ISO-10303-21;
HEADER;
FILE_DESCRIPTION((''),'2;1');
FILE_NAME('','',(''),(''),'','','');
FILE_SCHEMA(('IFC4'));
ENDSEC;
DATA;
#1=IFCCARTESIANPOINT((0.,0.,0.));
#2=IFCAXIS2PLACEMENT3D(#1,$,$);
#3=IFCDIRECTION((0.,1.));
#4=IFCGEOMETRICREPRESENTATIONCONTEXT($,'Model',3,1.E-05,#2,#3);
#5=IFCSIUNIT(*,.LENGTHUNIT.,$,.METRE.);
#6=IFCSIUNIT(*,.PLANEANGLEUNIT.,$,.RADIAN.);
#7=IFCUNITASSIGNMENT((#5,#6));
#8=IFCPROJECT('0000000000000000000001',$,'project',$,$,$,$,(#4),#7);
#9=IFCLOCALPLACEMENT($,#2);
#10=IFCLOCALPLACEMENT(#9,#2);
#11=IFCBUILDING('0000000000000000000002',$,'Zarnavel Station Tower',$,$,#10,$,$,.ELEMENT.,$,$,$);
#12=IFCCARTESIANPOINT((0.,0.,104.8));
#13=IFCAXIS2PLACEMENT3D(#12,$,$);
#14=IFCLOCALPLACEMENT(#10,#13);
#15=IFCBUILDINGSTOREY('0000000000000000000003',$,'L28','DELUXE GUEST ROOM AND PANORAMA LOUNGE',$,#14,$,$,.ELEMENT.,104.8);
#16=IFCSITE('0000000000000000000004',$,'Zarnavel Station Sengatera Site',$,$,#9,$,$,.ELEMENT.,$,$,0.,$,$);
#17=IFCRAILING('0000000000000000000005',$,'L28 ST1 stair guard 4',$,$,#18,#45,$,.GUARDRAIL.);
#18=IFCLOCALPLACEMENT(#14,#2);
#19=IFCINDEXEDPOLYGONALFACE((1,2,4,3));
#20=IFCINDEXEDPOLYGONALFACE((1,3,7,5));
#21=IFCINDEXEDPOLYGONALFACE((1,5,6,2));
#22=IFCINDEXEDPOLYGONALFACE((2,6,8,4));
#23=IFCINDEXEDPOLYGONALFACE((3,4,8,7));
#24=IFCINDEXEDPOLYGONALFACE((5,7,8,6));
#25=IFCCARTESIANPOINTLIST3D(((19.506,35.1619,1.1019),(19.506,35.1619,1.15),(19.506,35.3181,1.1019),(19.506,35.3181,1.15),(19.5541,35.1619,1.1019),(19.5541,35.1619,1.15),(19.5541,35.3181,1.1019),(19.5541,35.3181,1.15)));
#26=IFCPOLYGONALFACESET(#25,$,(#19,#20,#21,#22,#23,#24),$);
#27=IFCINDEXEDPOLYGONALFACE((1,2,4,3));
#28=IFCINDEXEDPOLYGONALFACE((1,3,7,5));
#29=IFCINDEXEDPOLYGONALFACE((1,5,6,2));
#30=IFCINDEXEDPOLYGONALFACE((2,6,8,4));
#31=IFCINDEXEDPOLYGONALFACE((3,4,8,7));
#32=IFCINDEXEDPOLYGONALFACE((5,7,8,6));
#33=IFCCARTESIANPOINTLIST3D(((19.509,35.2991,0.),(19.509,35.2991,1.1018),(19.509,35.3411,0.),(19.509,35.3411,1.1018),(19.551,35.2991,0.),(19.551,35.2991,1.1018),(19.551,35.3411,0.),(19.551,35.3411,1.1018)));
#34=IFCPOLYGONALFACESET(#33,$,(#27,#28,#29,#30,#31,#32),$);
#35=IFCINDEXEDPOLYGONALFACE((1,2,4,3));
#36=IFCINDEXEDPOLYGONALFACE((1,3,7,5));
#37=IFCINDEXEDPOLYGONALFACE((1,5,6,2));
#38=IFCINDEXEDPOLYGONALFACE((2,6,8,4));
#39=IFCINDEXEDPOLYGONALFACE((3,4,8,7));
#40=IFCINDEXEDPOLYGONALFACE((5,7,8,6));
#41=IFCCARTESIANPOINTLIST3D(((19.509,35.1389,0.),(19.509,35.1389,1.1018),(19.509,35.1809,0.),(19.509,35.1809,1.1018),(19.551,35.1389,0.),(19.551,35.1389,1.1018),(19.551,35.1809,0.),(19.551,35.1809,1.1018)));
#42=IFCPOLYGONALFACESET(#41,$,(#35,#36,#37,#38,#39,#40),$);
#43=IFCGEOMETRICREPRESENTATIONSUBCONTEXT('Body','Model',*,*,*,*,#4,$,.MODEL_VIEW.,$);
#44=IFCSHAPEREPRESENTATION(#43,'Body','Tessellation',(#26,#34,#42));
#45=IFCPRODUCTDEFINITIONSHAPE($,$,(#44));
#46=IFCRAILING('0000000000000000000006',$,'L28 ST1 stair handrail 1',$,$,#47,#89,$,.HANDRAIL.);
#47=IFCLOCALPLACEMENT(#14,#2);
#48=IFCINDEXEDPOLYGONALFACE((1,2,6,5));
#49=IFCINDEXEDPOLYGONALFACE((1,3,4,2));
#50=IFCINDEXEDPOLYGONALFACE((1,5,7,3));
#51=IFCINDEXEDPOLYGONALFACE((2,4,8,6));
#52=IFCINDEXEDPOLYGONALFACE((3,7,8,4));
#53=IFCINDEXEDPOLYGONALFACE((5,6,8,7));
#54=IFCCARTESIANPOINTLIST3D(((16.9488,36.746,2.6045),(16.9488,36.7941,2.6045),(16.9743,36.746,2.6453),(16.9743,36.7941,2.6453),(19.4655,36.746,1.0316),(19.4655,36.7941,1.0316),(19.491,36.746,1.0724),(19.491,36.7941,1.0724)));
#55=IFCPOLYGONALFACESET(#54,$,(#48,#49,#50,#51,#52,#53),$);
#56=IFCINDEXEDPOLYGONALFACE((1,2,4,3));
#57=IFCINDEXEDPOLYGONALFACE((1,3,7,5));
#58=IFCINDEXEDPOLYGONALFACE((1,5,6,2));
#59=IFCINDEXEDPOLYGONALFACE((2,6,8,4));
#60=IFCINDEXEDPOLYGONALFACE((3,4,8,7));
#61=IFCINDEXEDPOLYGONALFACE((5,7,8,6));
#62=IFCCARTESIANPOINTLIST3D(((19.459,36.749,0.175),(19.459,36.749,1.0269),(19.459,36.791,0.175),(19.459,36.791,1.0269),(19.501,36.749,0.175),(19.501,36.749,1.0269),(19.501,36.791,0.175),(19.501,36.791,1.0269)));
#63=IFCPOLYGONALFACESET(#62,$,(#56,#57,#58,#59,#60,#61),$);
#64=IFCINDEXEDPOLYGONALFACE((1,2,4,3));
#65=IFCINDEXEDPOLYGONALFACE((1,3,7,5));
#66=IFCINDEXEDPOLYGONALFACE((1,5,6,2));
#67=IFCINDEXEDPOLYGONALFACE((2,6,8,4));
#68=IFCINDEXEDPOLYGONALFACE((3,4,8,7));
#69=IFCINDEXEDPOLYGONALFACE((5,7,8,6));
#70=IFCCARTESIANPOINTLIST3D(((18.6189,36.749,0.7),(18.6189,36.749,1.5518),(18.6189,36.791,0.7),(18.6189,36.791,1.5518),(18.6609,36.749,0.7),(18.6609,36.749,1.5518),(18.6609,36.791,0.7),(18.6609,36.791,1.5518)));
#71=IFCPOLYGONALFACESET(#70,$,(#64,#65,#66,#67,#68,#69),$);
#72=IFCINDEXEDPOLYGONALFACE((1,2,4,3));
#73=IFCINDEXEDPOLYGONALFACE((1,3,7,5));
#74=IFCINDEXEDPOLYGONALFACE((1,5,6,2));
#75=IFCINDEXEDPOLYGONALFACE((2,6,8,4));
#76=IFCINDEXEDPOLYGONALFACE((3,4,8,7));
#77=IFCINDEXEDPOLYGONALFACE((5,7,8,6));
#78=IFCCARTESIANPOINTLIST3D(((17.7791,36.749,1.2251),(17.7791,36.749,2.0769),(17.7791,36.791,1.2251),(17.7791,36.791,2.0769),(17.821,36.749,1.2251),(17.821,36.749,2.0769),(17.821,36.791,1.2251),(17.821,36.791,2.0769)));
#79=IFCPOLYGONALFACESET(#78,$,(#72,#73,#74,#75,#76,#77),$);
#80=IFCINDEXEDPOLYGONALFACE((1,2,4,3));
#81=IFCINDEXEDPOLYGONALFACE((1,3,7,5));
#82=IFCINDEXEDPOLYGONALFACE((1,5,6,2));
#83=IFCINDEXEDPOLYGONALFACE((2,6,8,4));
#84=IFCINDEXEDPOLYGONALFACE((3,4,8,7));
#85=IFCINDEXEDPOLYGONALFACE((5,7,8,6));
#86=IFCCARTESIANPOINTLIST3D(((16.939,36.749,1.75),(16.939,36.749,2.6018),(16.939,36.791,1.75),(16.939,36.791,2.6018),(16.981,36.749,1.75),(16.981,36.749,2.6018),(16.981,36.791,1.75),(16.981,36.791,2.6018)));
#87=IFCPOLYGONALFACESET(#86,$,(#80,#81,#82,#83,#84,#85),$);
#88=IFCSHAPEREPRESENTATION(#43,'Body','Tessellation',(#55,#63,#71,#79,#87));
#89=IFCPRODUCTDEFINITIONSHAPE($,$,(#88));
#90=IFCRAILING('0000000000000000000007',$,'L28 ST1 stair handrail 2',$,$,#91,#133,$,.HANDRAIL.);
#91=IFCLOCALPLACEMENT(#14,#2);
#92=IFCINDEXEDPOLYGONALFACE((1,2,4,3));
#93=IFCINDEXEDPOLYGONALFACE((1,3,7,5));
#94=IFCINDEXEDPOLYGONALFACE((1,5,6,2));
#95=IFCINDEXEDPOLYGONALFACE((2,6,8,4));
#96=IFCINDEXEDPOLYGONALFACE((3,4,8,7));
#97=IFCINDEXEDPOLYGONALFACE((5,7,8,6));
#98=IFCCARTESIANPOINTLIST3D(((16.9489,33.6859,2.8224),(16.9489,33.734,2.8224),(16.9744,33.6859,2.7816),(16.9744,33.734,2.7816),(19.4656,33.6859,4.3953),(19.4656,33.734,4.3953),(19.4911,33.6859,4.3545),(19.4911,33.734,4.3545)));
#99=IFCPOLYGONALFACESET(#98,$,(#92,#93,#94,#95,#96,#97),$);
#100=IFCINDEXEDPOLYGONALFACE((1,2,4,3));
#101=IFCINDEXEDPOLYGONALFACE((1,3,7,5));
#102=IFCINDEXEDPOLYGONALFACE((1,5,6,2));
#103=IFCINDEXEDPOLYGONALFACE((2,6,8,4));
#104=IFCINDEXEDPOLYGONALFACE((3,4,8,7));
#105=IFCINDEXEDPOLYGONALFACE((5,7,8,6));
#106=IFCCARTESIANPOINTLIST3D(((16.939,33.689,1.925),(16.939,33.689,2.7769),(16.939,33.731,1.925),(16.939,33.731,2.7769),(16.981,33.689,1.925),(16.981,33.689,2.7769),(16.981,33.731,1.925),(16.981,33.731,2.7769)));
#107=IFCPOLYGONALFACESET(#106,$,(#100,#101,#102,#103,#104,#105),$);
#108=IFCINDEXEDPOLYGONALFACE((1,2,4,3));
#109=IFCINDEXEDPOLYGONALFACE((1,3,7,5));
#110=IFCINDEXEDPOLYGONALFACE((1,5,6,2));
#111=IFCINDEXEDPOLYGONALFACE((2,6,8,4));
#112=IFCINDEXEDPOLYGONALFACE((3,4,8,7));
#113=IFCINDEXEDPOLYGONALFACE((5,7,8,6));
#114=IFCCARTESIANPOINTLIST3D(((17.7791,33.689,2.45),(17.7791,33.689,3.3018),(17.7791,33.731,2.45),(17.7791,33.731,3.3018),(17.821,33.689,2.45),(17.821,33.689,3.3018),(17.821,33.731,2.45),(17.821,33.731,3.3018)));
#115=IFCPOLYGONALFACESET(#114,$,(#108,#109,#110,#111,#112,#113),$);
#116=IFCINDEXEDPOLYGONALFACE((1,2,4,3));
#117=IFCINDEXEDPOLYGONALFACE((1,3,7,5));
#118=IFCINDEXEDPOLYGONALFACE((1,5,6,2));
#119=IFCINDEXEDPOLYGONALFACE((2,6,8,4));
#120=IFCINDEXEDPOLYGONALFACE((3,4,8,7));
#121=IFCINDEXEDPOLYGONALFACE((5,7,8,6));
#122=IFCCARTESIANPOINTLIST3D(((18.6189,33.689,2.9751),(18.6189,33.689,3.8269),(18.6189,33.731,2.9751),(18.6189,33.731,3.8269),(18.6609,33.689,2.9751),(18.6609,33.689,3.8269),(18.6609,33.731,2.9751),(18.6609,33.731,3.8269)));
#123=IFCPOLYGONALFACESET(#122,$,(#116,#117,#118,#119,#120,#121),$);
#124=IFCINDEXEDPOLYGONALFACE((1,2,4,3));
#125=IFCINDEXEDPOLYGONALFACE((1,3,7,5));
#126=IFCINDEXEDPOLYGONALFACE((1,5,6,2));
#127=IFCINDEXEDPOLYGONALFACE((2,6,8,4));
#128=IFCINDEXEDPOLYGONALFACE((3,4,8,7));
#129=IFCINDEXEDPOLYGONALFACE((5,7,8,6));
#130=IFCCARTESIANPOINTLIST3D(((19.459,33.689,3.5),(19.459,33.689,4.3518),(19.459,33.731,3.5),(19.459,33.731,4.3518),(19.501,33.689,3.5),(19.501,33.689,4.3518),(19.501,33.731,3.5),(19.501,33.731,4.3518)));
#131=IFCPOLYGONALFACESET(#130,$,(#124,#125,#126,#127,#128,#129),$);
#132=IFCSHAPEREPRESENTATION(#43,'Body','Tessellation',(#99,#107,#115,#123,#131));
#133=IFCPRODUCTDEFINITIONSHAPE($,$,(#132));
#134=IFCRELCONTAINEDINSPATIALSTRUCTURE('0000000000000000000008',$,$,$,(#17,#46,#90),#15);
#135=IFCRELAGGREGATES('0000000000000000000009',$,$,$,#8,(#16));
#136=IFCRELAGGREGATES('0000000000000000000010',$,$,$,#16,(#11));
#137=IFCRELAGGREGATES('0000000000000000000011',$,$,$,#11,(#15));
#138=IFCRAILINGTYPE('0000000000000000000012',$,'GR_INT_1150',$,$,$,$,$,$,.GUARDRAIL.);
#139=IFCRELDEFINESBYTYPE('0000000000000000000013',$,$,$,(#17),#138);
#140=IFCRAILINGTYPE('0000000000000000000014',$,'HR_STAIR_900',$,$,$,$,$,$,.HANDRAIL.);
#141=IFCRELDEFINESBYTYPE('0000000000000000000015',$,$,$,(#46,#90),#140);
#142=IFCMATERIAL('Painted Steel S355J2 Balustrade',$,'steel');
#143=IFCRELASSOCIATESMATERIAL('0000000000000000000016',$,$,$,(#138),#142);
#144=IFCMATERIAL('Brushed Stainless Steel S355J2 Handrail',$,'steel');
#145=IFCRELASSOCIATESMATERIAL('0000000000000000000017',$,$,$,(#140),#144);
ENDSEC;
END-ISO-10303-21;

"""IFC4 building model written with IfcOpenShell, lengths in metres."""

from ifc_helpers import new_model, si_unit, direction, frame, origin, origin_2d, place, context, subcontext, project, spatial, rectangle, extrude, material, type_object, element, save


model = new_model("IFC4")

# Units and contexts
model_context = context("Model", 3, precision=1e-05, world=origin(), true_north=direction((0.0, 1.0)))
body_context = subcontext(model_context, "Body", "Model", "MODEL_VIEW")
ifc_project = project(units=[si_unit("LENGTHUNIT", "METRE"), si_unit("PLANEANGLEUNIT", "RADIAN")], contexts=[model_context])

# Site, building, storey
site_placement = place(None, origin())
site = spatial("IfcSite", under=ifc_project, at=site_placement, Name="Zarnavel Station Sengatera Site", CompositionType="ELEMENT", RefElevation=0.0)
building_placement = place(site_placement, origin())
building = spatial("IfcBuilding", under=site, at=building_placement, Name="Zarnavel Station Tower", CompositionType="ELEMENT")
storey_placement = place(building_placement, frame((0.0, 0.0, 104.8)))
storey = spatial("IfcBuildingStorey", under=building, at=storey_placement, Name="L28", Description="DELUXE GUEST ROOM AND PANORAMA LOUNGE", CompositionType="ELEMENT", Elevation=104.8)

# Railings
ifc_material_1 = material(Name="Painted Steel S355J2 Balustrade", Category="steel")
railing_type_1 = type_object("IfcRailingType", Name="GR_INT_1150", PredefinedType="GUARDRAIL", material=ifc_material_1)
railing_1_placement = place(storey_placement, frame((19.53, 35.3201, 0.0)))
element("IfcRailing", 1, at=railing_1_placement, inside=storey, type_object=railing_type_1, Name="L28 ST1 stair guard 4", PredefinedType="GUARDRAIL", context=body_context, shape_type="SweptSolid", body=[
    extrude(rectangle(XDim=0.0481, YDim=0.0481, at=origin_2d()), frame((0.0, -0.002, 1.126), z_axis=(0.0, -1.0, 0.0), x_axis=(1.0, 0.0, 0.0)), (0.0, 0.0, 1.0), 0.1562),
    extrude(rectangle(XDim=0.042, YDim=0.042, at=origin_2d()), origin(), (0.0, 0.0, 1.0), 1.1018),
    extrude(rectangle(XDim=0.042, YDim=0.042, at=origin_2d()), frame((0.0, -0.1602, 0.0)), (0.0, 0.0, 1.0), 1.1018),
])
ifc_material_2 = material(Name="Brushed Stainless Steel S355J2 Handrail", Category="steel")
railing_type_2 = type_object("IfcRailingType", Name="HR_STAIR_900", PredefinedType="HANDRAIL", material=ifc_material_2)
railing_2_placement = place(storey_placement, frame((19.48, 36.77, 0.175)))
element("IfcRailing", 2, at=railing_2_placement, inside=storey, type_object=railing_type_2, Name="L28 ST1 stair handrail 1", PredefinedType="HANDRAIL", context=body_context, shape_type="SweptSolid", body=[
    extrude(rectangle(XDim=0.0481, YDim=0.0481, at=origin_2d()), frame((-0.0017, 0.0, 0.877), z_axis=(-0.848008, 0.0, 0.529984), x_axis=(0.0, -1.0, 0.0)), (0.0, 0.0, 1.0), 2.9678),
    extrude(rectangle(XDim=0.042, YDim=0.042, at=origin_2d()), origin(), (0.0, 0.0, 1.0), 0.8518),
    extrude(rectangle(XDim=0.042, YDim=0.042, at=origin_2d()), frame((-0.8401, 0.0, 0.5249)), (0.0, 0.0, 1.0), 0.8518),
    extrude(rectangle(XDim=0.042, YDim=0.042, at=origin_2d()), frame((-1.6799, 0.0, 1.05)), (0.0, 0.0, 1.0), 0.8518),
    extrude(rectangle(XDim=0.042, YDim=0.042, at=origin_2d()), frame((-2.52, 0.0, 1.575)), (0.0, 0.0, 1.0), 0.8518),
])
railing_3_placement = place(storey_placement, frame((16.96, 33.71, 1.925)))
element("IfcRailing", 3, at=railing_3_placement, inside=storey, type_object=railing_type_2, Name="L28 ST1 stair handrail 2", PredefinedType="HANDRAIL", context=body_context, shape_type="SweptSolid", body=[
    extrude(rectangle(XDim=0.0481, YDim=0.0481, at=origin_2d()), frame((0.0017, 0.0, 0.877), z_axis=(0.848008, 0.0, 0.529984), x_axis=(0.0, 1.0, 0.0)), (0.0, 0.0, 1.0), 2.9678),
    extrude(rectangle(XDim=0.042, YDim=0.042, at=origin_2d()), origin(), (0.0, 0.0, 1.0), 0.8518),
    extrude(rectangle(XDim=0.042, YDim=0.042, at=origin_2d()), frame((0.8401, 0.0, 0.5249)), (0.0, 0.0, 1.0), 0.8518),
    extrude(rectangle(XDim=0.042, YDim=0.042, at=origin_2d()), frame((1.6799, 0.0, 1.05)), (0.0, 0.0, 1.0), 0.8518),
    extrude(rectangle(XDim=0.042, YDim=0.042, at=origin_2d()), frame((2.52, 0.0, 1.575)), (0.0, 0.0, 1.0), 0.8518),
])

save(model, "model.ifc")
